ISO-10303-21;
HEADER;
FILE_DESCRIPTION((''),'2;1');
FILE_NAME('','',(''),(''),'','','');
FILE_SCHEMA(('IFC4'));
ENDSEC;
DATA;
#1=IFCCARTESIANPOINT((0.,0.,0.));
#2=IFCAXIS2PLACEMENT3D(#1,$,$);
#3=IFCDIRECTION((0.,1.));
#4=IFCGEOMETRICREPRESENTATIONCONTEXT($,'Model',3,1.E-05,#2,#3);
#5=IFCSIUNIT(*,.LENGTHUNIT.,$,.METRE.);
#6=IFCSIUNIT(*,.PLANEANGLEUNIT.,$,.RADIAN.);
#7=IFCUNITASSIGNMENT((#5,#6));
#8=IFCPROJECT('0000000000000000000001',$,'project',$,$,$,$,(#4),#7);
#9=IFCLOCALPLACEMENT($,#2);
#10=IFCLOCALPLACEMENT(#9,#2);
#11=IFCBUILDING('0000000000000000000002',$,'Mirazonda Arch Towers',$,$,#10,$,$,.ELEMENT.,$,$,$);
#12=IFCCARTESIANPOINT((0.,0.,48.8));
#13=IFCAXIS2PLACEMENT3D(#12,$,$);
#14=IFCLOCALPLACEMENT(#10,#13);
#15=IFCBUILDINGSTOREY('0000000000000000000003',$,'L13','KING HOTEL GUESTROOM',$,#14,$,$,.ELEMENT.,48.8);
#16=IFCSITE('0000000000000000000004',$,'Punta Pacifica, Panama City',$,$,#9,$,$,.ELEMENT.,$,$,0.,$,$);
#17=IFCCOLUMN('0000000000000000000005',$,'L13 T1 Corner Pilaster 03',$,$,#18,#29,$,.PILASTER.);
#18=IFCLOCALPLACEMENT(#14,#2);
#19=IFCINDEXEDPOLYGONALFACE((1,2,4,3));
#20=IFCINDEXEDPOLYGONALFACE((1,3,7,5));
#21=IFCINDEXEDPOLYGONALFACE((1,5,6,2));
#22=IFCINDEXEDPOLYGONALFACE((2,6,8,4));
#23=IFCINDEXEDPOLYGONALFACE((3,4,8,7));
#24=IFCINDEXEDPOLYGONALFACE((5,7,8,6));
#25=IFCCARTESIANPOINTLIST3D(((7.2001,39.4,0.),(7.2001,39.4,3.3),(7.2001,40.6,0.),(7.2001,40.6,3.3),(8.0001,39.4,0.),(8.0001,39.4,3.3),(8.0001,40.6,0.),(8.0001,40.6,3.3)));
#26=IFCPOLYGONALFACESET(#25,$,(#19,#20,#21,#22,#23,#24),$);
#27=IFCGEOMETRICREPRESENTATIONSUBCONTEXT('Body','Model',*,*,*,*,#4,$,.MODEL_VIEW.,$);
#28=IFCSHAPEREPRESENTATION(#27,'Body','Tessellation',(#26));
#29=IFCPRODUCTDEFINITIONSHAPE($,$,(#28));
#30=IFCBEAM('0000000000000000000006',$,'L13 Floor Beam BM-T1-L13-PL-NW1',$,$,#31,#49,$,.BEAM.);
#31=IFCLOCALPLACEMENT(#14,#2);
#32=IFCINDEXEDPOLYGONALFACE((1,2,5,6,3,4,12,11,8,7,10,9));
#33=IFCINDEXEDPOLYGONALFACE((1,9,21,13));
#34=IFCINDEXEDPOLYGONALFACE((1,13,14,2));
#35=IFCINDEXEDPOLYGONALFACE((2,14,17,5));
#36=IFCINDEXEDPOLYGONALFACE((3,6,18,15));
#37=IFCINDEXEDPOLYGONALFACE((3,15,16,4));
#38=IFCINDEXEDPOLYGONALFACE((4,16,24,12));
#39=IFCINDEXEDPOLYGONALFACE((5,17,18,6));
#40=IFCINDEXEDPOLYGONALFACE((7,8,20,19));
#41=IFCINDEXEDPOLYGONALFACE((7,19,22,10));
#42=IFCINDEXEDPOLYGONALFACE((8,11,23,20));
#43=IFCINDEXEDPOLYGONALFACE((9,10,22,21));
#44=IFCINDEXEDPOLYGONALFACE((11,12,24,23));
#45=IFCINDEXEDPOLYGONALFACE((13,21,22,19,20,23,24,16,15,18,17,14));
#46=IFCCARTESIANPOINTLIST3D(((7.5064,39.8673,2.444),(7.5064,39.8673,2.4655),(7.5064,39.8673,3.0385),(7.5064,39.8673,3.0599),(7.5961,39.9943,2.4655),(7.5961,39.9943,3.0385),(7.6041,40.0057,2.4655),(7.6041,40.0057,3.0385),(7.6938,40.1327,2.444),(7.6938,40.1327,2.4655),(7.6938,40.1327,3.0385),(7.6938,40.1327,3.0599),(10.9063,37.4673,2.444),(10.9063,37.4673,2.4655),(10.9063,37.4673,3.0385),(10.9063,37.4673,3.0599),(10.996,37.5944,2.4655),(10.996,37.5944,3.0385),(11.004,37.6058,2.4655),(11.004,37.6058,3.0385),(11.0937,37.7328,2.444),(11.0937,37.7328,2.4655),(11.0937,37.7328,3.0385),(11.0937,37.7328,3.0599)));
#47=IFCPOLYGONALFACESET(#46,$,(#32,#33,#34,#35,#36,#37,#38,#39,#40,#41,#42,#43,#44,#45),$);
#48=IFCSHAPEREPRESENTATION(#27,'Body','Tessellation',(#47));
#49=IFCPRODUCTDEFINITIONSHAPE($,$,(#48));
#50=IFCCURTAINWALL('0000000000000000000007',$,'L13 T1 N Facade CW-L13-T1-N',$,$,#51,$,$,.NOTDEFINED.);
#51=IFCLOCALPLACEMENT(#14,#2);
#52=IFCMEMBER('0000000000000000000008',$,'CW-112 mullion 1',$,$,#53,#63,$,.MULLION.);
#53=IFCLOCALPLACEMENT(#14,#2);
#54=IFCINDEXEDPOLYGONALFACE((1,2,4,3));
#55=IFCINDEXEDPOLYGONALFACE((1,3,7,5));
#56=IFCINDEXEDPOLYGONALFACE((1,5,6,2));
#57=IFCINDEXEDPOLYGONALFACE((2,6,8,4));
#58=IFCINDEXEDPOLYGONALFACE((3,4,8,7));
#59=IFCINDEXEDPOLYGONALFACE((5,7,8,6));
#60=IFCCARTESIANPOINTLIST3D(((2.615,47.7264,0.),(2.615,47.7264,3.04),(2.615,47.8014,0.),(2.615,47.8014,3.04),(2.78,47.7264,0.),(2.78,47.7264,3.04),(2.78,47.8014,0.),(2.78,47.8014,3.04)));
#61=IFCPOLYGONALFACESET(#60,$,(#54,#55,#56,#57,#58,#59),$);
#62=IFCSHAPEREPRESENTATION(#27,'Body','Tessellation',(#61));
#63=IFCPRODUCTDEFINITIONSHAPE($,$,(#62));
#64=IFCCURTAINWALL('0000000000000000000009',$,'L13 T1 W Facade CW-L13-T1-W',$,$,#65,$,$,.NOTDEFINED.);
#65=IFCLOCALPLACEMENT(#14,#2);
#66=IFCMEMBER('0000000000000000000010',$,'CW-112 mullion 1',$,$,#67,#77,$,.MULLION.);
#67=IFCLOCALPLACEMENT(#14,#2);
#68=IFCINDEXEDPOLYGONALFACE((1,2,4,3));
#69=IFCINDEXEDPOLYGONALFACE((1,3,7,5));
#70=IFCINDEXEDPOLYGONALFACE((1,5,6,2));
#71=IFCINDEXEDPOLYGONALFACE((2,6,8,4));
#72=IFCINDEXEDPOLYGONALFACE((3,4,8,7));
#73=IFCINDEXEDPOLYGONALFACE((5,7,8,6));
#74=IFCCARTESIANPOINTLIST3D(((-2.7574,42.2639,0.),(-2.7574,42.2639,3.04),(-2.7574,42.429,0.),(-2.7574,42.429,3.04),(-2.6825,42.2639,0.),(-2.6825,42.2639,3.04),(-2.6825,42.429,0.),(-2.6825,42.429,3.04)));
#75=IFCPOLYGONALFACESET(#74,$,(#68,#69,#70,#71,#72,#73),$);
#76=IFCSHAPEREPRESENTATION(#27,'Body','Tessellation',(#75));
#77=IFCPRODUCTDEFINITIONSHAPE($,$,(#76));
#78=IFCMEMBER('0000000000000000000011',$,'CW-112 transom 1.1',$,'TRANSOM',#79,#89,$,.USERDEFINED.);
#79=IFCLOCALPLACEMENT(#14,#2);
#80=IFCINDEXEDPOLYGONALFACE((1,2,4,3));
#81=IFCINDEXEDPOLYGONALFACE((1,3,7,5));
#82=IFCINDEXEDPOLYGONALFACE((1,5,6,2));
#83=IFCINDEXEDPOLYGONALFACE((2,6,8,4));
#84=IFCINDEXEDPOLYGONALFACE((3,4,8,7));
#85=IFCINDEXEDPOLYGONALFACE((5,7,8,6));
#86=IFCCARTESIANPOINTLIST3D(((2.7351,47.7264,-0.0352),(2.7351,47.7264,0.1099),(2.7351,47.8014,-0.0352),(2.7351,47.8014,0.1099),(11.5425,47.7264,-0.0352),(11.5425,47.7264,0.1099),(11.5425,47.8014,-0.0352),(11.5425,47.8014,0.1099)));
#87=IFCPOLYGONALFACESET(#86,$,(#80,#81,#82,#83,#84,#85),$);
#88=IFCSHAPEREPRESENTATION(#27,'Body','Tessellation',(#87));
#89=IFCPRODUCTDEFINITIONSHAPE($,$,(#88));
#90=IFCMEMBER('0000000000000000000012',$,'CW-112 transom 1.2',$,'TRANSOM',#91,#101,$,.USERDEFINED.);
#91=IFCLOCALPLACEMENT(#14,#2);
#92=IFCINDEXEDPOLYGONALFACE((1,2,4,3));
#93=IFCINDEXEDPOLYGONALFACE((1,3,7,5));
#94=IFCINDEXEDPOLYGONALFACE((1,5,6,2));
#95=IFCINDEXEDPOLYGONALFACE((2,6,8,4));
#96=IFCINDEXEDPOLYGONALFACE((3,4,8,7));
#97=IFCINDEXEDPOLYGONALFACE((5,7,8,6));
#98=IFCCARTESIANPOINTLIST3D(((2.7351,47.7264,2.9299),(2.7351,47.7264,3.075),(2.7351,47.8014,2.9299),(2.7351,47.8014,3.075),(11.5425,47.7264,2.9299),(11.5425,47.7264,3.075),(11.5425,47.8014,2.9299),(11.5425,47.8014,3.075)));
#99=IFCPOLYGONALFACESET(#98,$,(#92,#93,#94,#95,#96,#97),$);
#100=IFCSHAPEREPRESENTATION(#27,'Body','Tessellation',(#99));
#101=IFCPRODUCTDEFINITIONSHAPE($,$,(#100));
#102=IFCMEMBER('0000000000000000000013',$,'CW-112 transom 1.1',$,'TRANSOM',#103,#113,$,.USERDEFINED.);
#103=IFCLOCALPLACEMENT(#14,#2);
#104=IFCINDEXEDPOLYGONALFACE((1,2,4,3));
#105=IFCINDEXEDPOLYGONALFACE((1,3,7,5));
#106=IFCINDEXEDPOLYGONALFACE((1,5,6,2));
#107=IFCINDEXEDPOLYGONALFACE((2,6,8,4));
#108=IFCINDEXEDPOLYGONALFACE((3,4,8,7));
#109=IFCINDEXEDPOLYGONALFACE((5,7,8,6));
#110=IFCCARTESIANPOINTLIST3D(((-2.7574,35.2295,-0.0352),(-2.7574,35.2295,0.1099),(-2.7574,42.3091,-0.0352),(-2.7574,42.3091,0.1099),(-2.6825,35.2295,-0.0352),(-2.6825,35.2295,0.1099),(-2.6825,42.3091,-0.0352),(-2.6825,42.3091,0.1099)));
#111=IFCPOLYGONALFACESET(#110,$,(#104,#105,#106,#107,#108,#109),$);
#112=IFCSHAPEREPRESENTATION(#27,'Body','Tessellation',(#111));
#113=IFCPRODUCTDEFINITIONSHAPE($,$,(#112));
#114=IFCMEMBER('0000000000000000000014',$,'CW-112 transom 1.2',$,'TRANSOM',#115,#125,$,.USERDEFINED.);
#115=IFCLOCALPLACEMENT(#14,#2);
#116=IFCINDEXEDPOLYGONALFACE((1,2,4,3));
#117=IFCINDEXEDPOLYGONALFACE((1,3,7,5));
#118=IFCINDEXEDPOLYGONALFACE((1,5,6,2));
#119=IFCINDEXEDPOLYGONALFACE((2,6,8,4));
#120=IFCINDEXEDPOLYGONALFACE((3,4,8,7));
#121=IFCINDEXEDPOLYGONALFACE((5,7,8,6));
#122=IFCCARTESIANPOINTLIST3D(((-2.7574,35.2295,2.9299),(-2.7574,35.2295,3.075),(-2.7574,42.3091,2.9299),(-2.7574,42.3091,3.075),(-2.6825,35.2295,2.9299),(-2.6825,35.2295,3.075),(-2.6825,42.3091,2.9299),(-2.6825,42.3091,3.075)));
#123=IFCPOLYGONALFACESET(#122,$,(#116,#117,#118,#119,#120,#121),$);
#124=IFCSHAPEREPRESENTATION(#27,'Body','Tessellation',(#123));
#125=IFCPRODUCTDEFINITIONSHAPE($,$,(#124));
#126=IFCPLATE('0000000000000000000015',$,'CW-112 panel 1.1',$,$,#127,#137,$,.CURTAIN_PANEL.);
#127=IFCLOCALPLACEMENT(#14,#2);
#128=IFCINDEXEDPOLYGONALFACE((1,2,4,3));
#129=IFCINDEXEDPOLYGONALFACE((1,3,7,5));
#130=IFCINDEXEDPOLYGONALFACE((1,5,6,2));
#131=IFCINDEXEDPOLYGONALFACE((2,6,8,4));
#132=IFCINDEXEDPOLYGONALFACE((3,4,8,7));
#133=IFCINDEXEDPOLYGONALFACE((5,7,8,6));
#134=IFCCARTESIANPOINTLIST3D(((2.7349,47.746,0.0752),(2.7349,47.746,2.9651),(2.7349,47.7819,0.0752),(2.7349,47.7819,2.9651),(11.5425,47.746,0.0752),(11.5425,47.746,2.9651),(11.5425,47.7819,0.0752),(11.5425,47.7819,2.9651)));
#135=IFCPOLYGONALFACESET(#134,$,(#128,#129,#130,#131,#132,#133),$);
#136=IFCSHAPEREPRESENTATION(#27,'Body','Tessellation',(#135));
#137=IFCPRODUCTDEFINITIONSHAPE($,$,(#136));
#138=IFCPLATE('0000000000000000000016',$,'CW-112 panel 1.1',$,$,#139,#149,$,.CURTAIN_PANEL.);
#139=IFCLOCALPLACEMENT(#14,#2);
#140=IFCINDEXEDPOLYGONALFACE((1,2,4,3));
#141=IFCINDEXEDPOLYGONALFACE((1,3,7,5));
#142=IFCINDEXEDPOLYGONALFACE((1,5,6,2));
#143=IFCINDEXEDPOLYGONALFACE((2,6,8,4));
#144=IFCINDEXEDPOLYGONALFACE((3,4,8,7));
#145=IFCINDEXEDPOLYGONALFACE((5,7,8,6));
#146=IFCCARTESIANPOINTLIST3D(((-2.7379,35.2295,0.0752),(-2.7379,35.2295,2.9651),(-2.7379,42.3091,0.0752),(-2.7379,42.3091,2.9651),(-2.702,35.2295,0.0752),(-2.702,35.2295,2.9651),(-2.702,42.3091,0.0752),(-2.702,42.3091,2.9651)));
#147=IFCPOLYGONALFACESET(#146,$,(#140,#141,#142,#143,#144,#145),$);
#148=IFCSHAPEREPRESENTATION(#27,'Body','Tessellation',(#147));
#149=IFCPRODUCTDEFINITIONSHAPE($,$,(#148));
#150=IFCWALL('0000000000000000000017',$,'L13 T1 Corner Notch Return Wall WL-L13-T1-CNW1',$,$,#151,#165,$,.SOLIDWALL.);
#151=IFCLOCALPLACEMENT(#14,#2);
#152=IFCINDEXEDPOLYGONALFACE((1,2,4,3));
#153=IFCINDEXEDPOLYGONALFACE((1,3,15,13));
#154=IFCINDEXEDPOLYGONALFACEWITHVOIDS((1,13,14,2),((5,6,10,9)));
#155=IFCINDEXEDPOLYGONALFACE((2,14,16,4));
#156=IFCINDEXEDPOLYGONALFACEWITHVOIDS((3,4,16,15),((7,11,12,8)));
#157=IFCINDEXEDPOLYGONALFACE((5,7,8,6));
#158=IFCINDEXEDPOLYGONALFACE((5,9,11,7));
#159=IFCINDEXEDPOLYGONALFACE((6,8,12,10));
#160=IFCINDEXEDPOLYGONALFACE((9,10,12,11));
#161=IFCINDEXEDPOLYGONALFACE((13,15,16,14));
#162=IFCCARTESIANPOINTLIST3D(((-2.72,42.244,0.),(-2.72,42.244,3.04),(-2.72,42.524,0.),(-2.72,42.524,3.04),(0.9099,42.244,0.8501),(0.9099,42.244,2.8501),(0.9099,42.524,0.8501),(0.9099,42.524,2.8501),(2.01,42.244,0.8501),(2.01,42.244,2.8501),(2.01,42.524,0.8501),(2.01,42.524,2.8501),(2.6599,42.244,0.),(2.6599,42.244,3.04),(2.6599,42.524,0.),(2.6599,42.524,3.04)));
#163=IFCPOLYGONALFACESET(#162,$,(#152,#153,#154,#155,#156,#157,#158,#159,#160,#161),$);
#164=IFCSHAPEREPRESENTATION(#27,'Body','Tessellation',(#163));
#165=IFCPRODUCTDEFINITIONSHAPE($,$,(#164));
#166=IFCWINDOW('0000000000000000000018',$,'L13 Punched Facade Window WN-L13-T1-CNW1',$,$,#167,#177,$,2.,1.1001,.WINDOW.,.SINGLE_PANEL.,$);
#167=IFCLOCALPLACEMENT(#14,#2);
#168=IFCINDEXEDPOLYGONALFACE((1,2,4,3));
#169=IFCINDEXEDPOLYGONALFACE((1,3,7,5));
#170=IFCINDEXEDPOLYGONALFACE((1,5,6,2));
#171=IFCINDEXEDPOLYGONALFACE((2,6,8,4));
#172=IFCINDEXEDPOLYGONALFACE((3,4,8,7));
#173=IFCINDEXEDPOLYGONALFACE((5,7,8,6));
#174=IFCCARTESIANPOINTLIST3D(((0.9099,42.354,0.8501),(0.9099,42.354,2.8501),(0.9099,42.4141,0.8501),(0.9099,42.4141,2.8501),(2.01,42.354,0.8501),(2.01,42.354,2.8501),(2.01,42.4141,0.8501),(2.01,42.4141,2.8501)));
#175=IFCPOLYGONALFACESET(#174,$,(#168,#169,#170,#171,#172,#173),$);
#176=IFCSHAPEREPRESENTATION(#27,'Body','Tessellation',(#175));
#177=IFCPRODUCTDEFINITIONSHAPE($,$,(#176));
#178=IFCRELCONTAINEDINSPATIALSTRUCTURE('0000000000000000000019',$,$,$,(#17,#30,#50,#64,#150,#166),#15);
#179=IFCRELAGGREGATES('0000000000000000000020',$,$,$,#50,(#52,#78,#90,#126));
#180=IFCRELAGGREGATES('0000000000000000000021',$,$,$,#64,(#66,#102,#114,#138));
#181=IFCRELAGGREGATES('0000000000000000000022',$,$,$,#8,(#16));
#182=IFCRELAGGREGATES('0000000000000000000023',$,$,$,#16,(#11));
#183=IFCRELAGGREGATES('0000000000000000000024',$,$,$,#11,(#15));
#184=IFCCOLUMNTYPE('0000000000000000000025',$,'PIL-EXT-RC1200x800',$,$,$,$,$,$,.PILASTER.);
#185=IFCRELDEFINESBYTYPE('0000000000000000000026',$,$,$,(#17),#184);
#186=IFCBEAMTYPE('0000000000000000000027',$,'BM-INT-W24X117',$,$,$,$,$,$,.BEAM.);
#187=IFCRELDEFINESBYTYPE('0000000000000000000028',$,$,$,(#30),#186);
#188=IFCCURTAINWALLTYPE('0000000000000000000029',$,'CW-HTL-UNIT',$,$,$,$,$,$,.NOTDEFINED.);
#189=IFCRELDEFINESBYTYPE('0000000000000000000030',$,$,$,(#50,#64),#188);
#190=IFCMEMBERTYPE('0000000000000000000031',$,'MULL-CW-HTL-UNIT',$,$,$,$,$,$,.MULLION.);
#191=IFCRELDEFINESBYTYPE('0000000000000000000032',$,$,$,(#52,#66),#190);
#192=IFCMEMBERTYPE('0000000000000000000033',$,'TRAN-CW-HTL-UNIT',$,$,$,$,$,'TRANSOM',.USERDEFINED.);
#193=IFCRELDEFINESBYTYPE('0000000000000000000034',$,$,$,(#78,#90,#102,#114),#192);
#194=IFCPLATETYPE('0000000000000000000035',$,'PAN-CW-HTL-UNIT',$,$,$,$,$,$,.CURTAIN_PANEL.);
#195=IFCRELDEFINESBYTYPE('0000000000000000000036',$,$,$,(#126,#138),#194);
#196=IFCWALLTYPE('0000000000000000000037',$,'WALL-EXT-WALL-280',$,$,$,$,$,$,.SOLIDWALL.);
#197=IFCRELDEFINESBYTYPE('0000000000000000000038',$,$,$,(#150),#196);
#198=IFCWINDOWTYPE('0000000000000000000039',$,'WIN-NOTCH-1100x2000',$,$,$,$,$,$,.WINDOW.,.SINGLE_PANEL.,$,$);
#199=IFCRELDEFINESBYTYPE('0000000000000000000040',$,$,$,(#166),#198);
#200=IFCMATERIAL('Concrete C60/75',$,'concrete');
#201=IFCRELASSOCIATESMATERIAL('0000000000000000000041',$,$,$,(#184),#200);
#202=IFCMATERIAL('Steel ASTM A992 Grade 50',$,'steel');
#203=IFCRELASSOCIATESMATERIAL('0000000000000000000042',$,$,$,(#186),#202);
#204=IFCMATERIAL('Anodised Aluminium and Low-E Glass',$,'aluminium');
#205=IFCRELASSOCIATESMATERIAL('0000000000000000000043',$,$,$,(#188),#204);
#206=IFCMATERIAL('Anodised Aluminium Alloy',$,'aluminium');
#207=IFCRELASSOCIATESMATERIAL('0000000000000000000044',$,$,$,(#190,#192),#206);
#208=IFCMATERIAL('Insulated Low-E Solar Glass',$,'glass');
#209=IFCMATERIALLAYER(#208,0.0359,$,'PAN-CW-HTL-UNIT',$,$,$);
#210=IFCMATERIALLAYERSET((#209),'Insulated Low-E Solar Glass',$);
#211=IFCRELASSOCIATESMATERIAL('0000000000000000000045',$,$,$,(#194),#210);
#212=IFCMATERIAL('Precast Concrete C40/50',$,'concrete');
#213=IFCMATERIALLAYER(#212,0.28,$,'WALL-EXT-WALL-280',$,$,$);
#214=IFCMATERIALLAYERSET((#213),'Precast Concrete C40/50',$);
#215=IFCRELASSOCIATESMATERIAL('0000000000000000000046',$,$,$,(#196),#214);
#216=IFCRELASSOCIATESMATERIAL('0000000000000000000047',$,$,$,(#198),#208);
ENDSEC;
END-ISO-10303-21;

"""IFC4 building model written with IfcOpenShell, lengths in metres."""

from ifc_helpers import new_model, si_unit, direction, frame, frame_2d, origin, origin_2d, place, context, subcontext, project, spatial, rectangle, i_section, extrude, material, layer, layer_set, material_profile, profile_set, type_object, element, fill, aggregate, save


model = new_model("IFC4")

# Units and contexts
model_context = context("Model", 3, precision=1e-05, world=origin(), true_north=direction((0.0, 1.0)))
body_context = subcontext(model_context, "Body", "Model", "MODEL_VIEW")
ifc_project = project(units=[si_unit("LENGTHUNIT", "METRE"), si_unit("PLANEANGLEUNIT", "RADIAN")], contexts=[model_context])

# Site, building, storey
site_placement = place(None, origin())
site = spatial("IfcSite", under=ifc_project, at=site_placement, Name="Punta Pacifica, Panama City", CompositionType="ELEMENT", RefElevation=0.0)
building_placement = place(site_placement, origin())
building = spatial("IfcBuilding", under=site, at=building_placement, Name="Mirazonda Arch Towers", CompositionType="ELEMENT")
storey_placement = place(building_placement, frame((0.0, 0.0, 48.8)))
storey = spatial("IfcBuildingStorey", under=building, at=storey_placement, Name="L13", Description="KING HOTEL GUESTROOM", CompositionType="ELEMENT", Elevation=48.8)

# Column
ifc_material_1 = material(Name="Concrete C60/75", Category="concrete")
ifc_material_profile_1 = material_profile(ifc_material_1, rectangle(XDim=0.8, YDim=1.2, at=origin_2d()), Name="RC1200x800")
ifc_profile_set_1 = profile_set([ifc_material_profile_1], Name="Concrete C60/75")
column_type = type_object("IfcColumnType", Name="PIL-EXT-RC1200x800", PredefinedType="PILASTER", material=ifc_profile_set_1)
column_placement = place(storey_placement, frame((7.6001, 40.0, 0.0), z_axis=(0.0, 0.0, 1.0), x_axis=(1.0, 0.0, 0.0)))
element("IfcColumn", 1, at=column_placement, inside=storey, type_object=column_type, Name="L13 T1 Corner Pilaster 03", PredefinedType="PILASTER", context=body_context, shape_type="SweptSolid", body=[
    extrude(rectangle(XDim=0.8, YDim=1.2, at=origin_2d()), origin(), (0.0, 0.0, 1.0), 3.3),
])

# Beam
ifc_material_2 = material(Name="Steel ASTM A992 Grade 50", Category="steel")
ifc_material_profile_2 = material_profile(ifc_material_2, i_section(OverallWidth=0.325, OverallDepth=0.616, WebThickness=0.0139, FlangeThickness=0.0215, at=origin_2d()), Name="W24X117")
ifc_profile_set_2 = profile_set([ifc_material_profile_2], Name="Steel ASTM A992 Grade 50")
beam_type = type_object("IfcBeamType", Name="BM-INT-W24X117", PredefinedType="BEAM", material=ifc_profile_set_2)
beam_placement = place(storey_placement, frame((7.6001, 40.0, 2.752), z_axis=(0.816971, -0.576679, 0.0), x_axis=(0.576679, 0.816971, 0.0)))
element("IfcBeam", 2, at=beam_placement, inside=storey, type_object=beam_type, Name="L13 Floor Beam BM-T1-L13-PL-NW1", PredefinedType="BEAM", context=body_context, shape_type="SweptSolid", body=[
    extrude(i_section(OverallWidth=0.325, OverallDepth=0.616, WebThickness=0.0139, FlangeThickness=0.0215, at=origin_2d()), origin(), (0.0, 0.0, 1.0), 4.1616),
])

# Curtain walls, members
ifc_material_3 = material(Name="Anodised Aluminium and Low-E Glass", Category="aluminium")
curtain_wall_type = type_object("IfcCurtainWallType", Name="CW-HTL-UNIT", PredefinedType="NOTDEFINED", material=ifc_material_3)
curtain_wall_1_placement = place(storey_placement, origin())
curtain_wall_1 = element("IfcCurtainWall", 3, at=curtain_wall_1_placement, inside=storey, type_object=curtain_wall_type, Name="L13 T1 N Facade CW-L13-T1-N", PredefinedType="NOTDEFINED")
ifc_material_4 = material(Name="Anodised Aluminium Alloy", Category="aluminium")
ifc_material_profile_3 = material_profile(ifc_material_4, rectangle(XDim=0.075, YDim=0.165, at=origin_2d()), Name="ALU-MULL-75x165")
ifc_profile_set_3 = profile_set([ifc_material_profile_3], Name="Anodised Aluminium Alloy")
member_type_1 = type_object("IfcMemberType", Name="MULL-CW-HTL-UNIT", PredefinedType="MULLION", material=ifc_profile_set_3)
member_1_placement = place(storey_placement, frame((2.6975, 47.7639, 0.0), z_axis=(0.0, 0.0, 1.0), x_axis=(0.0, 1.0, 0.0)))
member_1 = element("IfcMember", 4, at=member_1_placement, type_object=member_type_1, Name="CW-112 mullion 1", PredefinedType="MULLION", context=body_context, shape_type="SweptSolid", body=[
    extrude(rectangle(XDim=0.075, YDim=0.165, at=origin_2d()), origin(), (0.0, 0.0, 1.0), 3.04),
])
curtain_wall_2_placement = place(storey_placement, origin())
curtain_wall_2 = element("IfcCurtainWall", 5, at=curtain_wall_2_placement, inside=storey, type_object=curtain_wall_type, Name="L13 T1 W Facade CW-L13-T1-W", PredefinedType="NOTDEFINED")
member_2_placement = place(storey_placement, frame((-2.72, 42.3464, 0.0), z_axis=(0.0, 0.0, 1.0), x_axis=(1.0, 0.0, 0.0)))
member_2 = element("IfcMember", 6, at=member_2_placement, type_object=member_type_1, Name="CW-112 mullion 1", PredefinedType="MULLION", context=body_context, shape_type="SweptSolid", body=[
    extrude(rectangle(XDim=0.075, YDim=0.165, at=origin_2d()), origin(), (0.0, 0.0, 1.0), 3.04),
])

# Members
ifc_material_profile_4 = material_profile(ifc_material_4, rectangle(XDim=0.075, YDim=0.145, at=origin_2d()), Name="ALU-TRAN-75x145")
ifc_profile_set_4 = profile_set([ifc_material_profile_4], Name="Anodised Aluminium Alloy")
member_type_2 = type_object("IfcMemberType", Name="TRAN-CW-HTL-UNIT", ElementType="TRANSOM", PredefinedType="USERDEFINED", material=ifc_profile_set_4)
member_3_placement = place(storey_placement, frame((2.7351, 47.7639, 0.0374), z_axis=(1.0, 0.0, 0.0), x_axis=(0.0, 1.0, 0.0)))
member_3 = element("IfcMember", 7, at=member_3_placement, type_object=member_type_2, Name="CW-112 transom 1.1", ObjectType="TRANSOM", PredefinedType="USERDEFINED", context=body_context, shape_type="SweptSolid", body=[
    extrude(rectangle(XDim=0.075, YDim=0.145, at=origin_2d()), origin(), (0.0, 0.0, 1.0), 8.8074),
])
member_4_placement = place(storey_placement, frame((2.7351, 47.7639, 3.0024), z_axis=(1.0, 0.0, 0.0), x_axis=(0.0, 1.0, 0.0)))
member_4 = element("IfcMember", 8, at=member_4_placement, type_object=member_type_2, Name="CW-112 transom 1.2", ObjectType="TRANSOM", PredefinedType="USERDEFINED", context=body_context, shape_type="SweptSolid", body=[
    extrude(rectangle(XDim=0.075, YDim=0.145, at=origin_2d()), origin(), (0.0, 0.0, 1.0), 8.8074),
])
member_5_placement = place(storey_placement, frame((-2.72, 42.3091, 0.0374), z_axis=(0.0, -1.0, 0.0), x_axis=(1.0, 0.0, 0.0)))
member_5 = element("IfcMember", 9, at=member_5_placement, type_object=member_type_2, Name="CW-112 transom 1.1", ObjectType="TRANSOM", PredefinedType="USERDEFINED", context=body_context, shape_type="SweptSolid", body=[
    extrude(rectangle(XDim=0.075, YDim=0.145, at=origin_2d()), origin(), (0.0, 0.0, 1.0), 7.0796),
])
member_6_placement = place(storey_placement, frame((-2.72, 42.3091, 3.0024), z_axis=(0.0, -1.0, 0.0), x_axis=(1.0, 0.0, 0.0)))
member_6 = element("IfcMember", 10, at=member_6_placement, type_object=member_type_2, Name="CW-112 transom 1.2", ObjectType="TRANSOM", PredefinedType="USERDEFINED", context=body_context, shape_type="SweptSolid", body=[
    extrude(rectangle(XDim=0.075, YDim=0.145, at=origin_2d()), origin(), (0.0, 0.0, 1.0), 7.0796),
])

# Plates
ifc_material_5 = material(Name="Insulated Low-E Solar Glass", Category="glass")
ifc_layer_1 = layer(ifc_material_5, 0.0359, Name="PAN-CW-HTL-UNIT")
ifc_layer_set_1 = layer_set([ifc_layer_1], Name="Insulated Low-E Solar Glass")
plate_type = type_object("IfcPlateType", Name="PAN-CW-HTL-UNIT", PredefinedType="CURTAIN_PANEL", material=ifc_layer_set_1)
plate_1_placement = place(storey_placement, frame((7.1387, 47.7639, 0.0752), z_axis=(0.0, 0.0, 1.0), x_axis=(1.0, 0.0, 0.0)))
plate_1 = element("IfcPlate", 11, at=plate_1_placement, type_object=plate_type, Name="CW-112 panel 1.1", PredefinedType="CURTAIN_PANEL", context=body_context, shape_type="SweptSolid", body=[
    extrude(rectangle(XDim=8.8076, YDim=0.0359, at=origin_2d()), origin(), (0.0, 0.0, 1.0), 2.8899),
])
aggregate(curtain_wall_1, [member_1, member_3, member_4, plate_1])
plate_2_placement = place(storey_placement, frame((-2.72, 38.7693, 0.0752), z_axis=(0.0, 0.0, 1.0), x_axis=(0.0, -1.0, 0.0)))
plate_2 = element("IfcPlate", 12, at=plate_2_placement, type_object=plate_type, Name="CW-112 panel 1.1", PredefinedType="CURTAIN_PANEL", context=body_context, shape_type="SweptSolid", body=[
    extrude(rectangle(XDim=7.0796, YDim=0.0359, at=origin_2d()), origin(), (0.0, 0.0, 1.0), 2.8899),
])
aggregate(curtain_wall_2, [member_2, member_5, member_6, plate_2])

# Wall, opening, window
ifc_material_6 = material(Name="Precast Concrete C40/50", Category="concrete")
ifc_layer_2 = layer(ifc_material_6, 0.28, Name="WALL-EXT-WALL-280")
ifc_layer_set_2 = layer_set([ifc_layer_2], Name="Precast Concrete C40/50")
wall_type_1 = type_object("IfcWallType", Name="WALL-EXT-WALL-280", PredefinedType="SOLIDWALL", material=ifc_layer_set_2)
wall_1_placement = place(storey_placement, frame((2.6599, 42.384, 0.0), z_axis=(0.0, 0.0, 1.0), x_axis=(-1.0, 0.0, 0.0)))
wall_1 = element("IfcWall", 13, at=wall_1_placement, inside=storey, type_object=wall_type_1, Name="L13 T1 Corner Notch Return Wall WL-L13-T1-CNW1", PredefinedType="SOLIDWALL", context=body_context, shape_type="SweptSolid", body=[
    extrude(rectangle(XDim=5.3799, YDim=0.28, at=frame_2d((2.6899, 0.0))), origin(), (0.0, 0.0, 1.0), 3.04),
])
opening_placement = place(wall_1_placement, frame((0.6499, 0.0, 0.8501)))
opening = element("IfcOpeningElement", 14, at=opening_placement, cuts=wall_1, PredefinedType="OPENING", context=body_context, shape_type="SweptSolid", body=[
    extrude(rectangle(XDim=1.1001, YDim=2.0, at=frame_2d((0.55, 1.0))), frame((0.0, 0.1499, 0.0), z_axis=(0.0, -1.0, 0.0), x_axis=(1.0, 0.0, 0.0)), (0.0, 0.0, 1.0), 0.3),
])
window_type = type_object("IfcWindowType", Name="WIN-NOTCH-1100x2000", PartitioningType="SINGLE_PANEL", PredefinedType="WINDOW", material=ifc_material_5)
window_placement = place(opening_placement, origin())
window = element("IfcWindow", 15, at=window_placement, inside=storey, type_object=window_type, Name="L13 Punched Facade Window WN-L13-T1-CNW1", OverallHeight=2.0, OverallWidth=1.1001, PartitioningType="SINGLE_PANEL", PredefinedType="WINDOW", context=body_context, shape_type="SweptSolid", body=[
    extrude(rectangle(XDim=1.1001, YDim=2.0, at=frame_2d((0.55, 1.0))), frame((0.0, 0.03, 0.0), z_axis=(0.0, -1.0, 0.0), x_axis=(1.0, 0.0, 0.0)), (0.0, 0.0, 1.0), 0.0601),
])
fill(opening, window)

save(model, "model.ifc")
